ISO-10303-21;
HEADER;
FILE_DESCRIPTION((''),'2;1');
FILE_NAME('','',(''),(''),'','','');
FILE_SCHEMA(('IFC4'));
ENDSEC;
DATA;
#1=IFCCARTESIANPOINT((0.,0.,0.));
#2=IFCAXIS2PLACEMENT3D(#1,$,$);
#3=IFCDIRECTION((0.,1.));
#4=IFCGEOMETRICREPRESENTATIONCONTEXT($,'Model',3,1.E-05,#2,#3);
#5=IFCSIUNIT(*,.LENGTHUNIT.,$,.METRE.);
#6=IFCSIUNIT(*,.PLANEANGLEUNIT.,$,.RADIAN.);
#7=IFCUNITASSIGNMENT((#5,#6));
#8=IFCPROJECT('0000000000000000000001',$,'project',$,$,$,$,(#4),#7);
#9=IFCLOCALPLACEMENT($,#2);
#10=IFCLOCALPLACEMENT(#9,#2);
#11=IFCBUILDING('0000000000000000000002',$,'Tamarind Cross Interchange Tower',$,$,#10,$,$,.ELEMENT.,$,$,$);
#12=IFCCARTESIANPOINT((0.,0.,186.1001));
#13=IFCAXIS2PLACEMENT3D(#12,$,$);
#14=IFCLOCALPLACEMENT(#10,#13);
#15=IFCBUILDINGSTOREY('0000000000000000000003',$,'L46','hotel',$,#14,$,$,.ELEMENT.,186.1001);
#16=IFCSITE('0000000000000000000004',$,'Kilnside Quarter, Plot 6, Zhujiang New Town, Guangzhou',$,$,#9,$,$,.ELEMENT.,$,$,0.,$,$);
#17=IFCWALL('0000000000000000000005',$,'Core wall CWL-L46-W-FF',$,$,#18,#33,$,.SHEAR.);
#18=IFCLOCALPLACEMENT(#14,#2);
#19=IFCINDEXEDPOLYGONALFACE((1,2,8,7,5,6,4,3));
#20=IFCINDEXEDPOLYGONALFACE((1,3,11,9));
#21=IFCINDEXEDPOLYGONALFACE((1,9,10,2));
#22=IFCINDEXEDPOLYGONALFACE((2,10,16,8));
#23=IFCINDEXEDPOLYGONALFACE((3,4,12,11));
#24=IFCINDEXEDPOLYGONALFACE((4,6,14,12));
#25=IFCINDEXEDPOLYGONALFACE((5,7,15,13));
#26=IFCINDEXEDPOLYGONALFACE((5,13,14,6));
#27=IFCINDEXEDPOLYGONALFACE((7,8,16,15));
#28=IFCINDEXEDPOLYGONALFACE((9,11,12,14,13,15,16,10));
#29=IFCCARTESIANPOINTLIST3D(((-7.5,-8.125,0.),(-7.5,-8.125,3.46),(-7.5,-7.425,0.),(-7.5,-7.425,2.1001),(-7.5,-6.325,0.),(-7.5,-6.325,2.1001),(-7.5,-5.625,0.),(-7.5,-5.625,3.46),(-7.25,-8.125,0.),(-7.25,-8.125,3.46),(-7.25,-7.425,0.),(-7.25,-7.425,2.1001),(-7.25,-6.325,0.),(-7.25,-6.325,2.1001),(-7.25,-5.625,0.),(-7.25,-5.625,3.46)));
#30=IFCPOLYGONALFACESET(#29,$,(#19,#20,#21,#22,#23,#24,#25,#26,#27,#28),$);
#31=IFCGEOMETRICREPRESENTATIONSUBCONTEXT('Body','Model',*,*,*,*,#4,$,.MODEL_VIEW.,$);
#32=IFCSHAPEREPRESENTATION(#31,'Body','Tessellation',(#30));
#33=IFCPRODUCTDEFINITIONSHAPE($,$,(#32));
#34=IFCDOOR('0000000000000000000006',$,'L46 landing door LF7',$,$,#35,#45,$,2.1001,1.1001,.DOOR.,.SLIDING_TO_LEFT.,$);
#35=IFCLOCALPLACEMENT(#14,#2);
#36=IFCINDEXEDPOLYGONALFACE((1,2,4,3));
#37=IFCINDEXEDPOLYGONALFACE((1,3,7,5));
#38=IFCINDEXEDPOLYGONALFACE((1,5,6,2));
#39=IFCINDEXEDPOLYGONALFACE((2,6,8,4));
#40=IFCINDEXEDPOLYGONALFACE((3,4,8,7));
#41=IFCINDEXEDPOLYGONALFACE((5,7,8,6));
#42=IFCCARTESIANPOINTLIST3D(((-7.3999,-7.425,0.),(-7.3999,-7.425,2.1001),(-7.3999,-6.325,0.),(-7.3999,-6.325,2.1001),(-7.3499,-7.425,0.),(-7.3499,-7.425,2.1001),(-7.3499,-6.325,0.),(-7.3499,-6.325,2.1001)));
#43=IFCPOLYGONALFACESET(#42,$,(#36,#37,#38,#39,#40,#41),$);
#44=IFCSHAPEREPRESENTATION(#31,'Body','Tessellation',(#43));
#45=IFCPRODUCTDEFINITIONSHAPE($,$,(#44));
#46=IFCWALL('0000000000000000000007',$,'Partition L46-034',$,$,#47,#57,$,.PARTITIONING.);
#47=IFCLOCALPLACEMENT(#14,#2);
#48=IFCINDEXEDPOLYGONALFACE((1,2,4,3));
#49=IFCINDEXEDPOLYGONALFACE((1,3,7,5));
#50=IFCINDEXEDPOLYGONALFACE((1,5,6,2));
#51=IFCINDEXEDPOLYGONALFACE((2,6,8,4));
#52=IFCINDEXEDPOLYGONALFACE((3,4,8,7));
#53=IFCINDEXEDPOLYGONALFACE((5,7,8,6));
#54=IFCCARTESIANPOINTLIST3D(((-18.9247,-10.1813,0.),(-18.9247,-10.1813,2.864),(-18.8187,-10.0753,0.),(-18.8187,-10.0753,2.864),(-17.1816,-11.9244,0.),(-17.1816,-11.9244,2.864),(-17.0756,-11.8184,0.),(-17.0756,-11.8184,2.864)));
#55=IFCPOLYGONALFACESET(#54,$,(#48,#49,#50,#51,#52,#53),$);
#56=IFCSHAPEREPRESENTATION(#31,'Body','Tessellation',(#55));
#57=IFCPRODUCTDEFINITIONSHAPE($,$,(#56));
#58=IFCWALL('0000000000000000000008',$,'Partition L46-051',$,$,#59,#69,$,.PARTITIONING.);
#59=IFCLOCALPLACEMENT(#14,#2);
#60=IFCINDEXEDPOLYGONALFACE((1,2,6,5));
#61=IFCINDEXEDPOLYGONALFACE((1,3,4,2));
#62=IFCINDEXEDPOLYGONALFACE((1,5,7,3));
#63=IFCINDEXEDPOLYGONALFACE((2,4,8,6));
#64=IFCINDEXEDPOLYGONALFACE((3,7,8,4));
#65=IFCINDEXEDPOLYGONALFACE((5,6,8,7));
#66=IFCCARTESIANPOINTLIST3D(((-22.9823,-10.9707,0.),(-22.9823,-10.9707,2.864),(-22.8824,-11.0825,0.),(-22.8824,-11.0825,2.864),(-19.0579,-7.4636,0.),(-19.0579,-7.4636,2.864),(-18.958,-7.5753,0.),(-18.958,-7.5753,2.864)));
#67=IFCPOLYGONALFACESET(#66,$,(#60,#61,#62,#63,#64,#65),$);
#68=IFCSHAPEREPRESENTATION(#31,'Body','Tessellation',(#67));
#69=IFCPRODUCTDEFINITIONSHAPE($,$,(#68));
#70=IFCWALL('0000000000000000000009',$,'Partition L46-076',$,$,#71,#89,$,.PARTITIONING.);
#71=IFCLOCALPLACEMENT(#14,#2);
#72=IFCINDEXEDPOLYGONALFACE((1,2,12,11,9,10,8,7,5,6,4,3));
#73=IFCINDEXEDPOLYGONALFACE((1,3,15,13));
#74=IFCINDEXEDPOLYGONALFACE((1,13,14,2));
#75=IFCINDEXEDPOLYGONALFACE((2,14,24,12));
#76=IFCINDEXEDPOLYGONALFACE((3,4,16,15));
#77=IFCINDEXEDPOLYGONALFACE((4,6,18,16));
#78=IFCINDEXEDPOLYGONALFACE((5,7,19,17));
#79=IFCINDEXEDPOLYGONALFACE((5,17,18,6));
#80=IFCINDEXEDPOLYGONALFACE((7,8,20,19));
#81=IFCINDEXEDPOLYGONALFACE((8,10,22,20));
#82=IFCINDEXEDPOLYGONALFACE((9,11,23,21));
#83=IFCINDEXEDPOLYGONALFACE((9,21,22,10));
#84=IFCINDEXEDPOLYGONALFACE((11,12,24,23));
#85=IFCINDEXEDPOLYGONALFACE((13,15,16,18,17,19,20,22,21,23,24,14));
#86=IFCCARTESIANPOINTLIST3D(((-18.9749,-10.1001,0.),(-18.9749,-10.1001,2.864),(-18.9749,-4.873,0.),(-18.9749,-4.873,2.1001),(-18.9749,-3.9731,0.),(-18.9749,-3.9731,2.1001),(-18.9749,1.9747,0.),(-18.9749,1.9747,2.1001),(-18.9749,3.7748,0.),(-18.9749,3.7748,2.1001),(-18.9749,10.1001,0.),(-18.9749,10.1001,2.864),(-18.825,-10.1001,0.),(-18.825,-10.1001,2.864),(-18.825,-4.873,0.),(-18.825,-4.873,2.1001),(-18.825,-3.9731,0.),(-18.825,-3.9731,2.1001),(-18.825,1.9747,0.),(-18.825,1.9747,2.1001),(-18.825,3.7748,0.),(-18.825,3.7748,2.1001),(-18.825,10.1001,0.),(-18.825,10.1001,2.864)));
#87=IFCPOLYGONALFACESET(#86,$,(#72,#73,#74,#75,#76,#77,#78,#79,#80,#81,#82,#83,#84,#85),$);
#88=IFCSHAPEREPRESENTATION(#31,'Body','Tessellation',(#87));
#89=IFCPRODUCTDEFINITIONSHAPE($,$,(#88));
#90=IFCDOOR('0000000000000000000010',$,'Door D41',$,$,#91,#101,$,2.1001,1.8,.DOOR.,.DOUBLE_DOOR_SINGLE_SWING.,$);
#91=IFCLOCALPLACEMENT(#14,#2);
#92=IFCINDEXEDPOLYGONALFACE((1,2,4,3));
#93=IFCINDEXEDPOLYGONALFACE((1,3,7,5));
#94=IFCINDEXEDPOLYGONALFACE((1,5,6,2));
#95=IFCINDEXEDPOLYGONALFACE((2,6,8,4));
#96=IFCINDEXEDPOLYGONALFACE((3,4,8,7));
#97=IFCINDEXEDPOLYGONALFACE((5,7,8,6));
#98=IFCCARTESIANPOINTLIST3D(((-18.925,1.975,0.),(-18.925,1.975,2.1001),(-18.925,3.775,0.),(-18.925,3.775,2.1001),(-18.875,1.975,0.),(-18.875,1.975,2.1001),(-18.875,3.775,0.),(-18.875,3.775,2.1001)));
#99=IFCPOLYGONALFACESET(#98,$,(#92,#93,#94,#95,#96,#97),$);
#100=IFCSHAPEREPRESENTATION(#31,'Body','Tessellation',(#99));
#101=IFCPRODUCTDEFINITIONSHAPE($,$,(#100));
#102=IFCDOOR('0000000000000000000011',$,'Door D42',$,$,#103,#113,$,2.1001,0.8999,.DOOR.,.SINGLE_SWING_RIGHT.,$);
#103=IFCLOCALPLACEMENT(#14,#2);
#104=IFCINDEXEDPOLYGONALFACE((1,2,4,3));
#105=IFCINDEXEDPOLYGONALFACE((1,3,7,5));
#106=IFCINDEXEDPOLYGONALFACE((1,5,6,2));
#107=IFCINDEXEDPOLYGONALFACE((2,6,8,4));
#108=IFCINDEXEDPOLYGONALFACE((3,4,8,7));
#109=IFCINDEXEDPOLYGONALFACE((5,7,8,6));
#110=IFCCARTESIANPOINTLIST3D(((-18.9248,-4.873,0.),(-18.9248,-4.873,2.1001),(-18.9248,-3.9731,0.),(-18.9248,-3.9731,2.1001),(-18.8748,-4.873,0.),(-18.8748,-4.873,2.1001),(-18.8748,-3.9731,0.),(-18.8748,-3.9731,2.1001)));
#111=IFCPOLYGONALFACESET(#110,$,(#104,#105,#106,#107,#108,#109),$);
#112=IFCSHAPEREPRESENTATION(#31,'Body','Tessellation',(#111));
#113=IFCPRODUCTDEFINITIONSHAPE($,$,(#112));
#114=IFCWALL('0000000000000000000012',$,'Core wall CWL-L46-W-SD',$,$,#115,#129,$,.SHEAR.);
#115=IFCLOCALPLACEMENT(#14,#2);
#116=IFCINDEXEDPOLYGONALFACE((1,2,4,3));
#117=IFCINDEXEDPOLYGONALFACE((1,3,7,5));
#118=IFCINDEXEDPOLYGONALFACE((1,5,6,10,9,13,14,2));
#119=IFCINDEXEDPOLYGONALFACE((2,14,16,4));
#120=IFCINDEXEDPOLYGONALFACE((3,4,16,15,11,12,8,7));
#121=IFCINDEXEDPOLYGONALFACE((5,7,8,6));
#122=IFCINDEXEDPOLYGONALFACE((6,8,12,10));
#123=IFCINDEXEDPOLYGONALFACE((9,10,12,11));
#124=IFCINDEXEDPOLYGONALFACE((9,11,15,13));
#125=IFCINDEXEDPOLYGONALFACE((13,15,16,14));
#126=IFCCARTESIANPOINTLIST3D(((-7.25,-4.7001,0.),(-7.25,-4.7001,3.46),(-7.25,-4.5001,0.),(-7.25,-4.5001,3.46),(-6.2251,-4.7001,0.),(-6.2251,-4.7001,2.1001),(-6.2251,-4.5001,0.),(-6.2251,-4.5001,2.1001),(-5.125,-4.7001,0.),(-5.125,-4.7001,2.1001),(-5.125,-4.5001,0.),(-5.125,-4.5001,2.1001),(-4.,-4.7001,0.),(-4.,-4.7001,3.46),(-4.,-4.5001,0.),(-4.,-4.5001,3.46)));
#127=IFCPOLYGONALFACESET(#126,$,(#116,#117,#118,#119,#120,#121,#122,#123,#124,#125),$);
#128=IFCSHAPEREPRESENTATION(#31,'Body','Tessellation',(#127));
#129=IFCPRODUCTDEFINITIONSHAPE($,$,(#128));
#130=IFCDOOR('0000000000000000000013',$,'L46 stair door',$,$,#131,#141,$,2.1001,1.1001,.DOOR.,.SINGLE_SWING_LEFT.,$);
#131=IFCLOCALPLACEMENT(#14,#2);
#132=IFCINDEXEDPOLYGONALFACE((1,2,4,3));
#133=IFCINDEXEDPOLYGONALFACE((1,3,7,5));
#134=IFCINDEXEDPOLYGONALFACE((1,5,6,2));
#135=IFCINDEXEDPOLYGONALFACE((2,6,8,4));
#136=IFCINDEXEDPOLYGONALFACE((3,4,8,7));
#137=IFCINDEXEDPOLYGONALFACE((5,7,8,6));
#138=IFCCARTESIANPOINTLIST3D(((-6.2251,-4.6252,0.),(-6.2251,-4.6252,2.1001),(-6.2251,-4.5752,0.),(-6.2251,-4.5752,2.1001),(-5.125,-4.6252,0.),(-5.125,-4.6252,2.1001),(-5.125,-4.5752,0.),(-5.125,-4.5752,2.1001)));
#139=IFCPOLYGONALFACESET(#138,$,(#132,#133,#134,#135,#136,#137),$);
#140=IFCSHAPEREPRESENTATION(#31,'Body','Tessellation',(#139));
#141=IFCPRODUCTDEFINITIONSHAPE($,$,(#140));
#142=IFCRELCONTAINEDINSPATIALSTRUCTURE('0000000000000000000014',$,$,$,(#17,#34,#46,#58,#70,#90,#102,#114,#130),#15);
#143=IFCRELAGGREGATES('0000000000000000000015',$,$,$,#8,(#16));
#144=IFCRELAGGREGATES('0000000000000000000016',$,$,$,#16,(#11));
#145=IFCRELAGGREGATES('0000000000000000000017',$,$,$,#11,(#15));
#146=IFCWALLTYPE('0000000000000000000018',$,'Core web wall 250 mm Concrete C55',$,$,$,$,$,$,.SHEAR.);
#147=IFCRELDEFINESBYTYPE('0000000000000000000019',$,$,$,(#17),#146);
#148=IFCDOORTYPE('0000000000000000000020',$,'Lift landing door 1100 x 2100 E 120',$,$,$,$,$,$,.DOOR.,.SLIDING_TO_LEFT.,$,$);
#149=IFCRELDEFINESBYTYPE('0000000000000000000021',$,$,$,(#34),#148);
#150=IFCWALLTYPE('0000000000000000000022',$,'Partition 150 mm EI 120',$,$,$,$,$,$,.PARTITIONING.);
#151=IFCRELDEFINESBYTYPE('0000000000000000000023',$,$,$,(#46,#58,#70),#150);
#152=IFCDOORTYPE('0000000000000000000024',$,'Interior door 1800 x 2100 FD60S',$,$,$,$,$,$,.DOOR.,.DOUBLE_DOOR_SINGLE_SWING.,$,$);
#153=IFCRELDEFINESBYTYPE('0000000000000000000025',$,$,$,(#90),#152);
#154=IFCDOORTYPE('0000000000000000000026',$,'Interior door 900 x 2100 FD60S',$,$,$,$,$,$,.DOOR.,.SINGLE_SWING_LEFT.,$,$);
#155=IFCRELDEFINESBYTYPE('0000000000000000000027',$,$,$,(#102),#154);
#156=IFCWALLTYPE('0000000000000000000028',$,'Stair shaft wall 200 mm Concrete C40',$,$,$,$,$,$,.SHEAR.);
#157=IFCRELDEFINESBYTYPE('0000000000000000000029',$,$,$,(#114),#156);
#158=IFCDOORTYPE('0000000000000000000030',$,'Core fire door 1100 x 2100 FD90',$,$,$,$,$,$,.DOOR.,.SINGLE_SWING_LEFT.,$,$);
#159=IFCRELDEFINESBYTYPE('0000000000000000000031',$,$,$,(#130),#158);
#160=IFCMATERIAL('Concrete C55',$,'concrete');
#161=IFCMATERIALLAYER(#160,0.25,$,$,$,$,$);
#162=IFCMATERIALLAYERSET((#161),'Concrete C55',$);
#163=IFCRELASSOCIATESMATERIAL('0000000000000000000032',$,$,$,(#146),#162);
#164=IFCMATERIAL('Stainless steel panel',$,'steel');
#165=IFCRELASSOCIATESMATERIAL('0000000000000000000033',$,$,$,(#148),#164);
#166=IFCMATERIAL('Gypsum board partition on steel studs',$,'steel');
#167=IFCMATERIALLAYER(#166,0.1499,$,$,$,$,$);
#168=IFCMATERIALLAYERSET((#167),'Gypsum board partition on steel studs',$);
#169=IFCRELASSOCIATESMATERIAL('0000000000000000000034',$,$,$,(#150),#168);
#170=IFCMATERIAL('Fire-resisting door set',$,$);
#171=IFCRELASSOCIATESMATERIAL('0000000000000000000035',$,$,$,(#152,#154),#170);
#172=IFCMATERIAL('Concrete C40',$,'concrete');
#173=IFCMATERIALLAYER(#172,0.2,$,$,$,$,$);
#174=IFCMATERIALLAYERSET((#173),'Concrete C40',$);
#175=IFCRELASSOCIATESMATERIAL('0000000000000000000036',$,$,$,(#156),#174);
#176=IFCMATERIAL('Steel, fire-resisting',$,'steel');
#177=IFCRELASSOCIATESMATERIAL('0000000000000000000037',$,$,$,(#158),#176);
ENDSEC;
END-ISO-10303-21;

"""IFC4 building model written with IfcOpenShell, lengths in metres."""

from ifc_helpers import new_model, si_unit, direction, frame, frame_2d, origin, place, context, subcontext, project, spatial, rectangle, extrude, material, layer, layer_set, type_object, element, fill, save


model = new_model("IFC4")

# Units and contexts
model_context = context("Model", 3, precision=1e-05, world=origin(), true_north=direction((0.0, 1.0)))
body_context = subcontext(model_context, "Body", "Model", "MODEL_VIEW")
ifc_project = project(units=[si_unit("LENGTHUNIT", "METRE"), si_unit("PLANEANGLEUNIT", "RADIAN")], contexts=[model_context])

# Site, building, storey
site_placement = place(None, origin())
site = spatial("IfcSite", under=ifc_project, at=site_placement, Name="Kilnside Quarter, Plot 6, Zhujiang New Town, Guangzhou", CompositionType="ELEMENT", RefElevation=0.0)
building_placement = place(site_placement, origin())
building = spatial("IfcBuilding", under=site, at=building_placement, Name="Tamarind Cross Interchange Tower", CompositionType="ELEMENT")
storey_placement = place(building_placement, frame((0.0, 0.0, 186.1001)))
storey = spatial("IfcBuildingStorey", under=building, at=storey_placement, Name="L46", Description="hotel", CompositionType="ELEMENT", Elevation=186.1001)

# Shared definitions
ifc_material_1 = material(Name="Concrete C55", Category="concrete")

# Shared definitions
ifc_material_2 = material(Name="Steel, fire-resisting", Category="steel")

# Shared definitions
ifc_layer_1 = layer(ifc_material_1, 0.25)
ifc_layer_set_1 = layer_set([ifc_layer_1], Name="Concrete C55")
wall_type_1 = type_object("IfcWallType", Name="Core web wall 250 mm Concrete C55", PredefinedType="SHEAR", material=ifc_layer_set_1)

# Shared definitions
ifc_material_3 = material(Name="Stainless steel panel", Category="steel")
door_type_1 = type_object("IfcDoorType", Name="Lift landing door 1100 x 2100 E 120", OperationType="SLIDING_TO_LEFT", PredefinedType="DOOR", material=ifc_material_3)

# Wall, opening, door
wall_1_placement = place(storey_placement, frame((-7.375, -8.125, 0.0), z_axis=(0.0, 0.0, 1.0), x_axis=(0.0, 1.0, 0.0)))
wall_1 = element("IfcWall", 1, at=wall_1_placement, inside=storey, type_object=wall_type_1, Name="Core wall CWL-L46-W-FF", PredefinedType="SHEAR", context=body_context, shape_type="SweptSolid", body=[
    extrude(rectangle(XDim=2.5, YDim=0.25, at=frame_2d((1.25, 0.0))), origin(), (0.0, 0.0, 1.0), 3.46),
])
opening_1_placement = place(wall_1_placement, frame((0.7, 0.0, 0.0)))
opening_1 = element("IfcOpeningElement", 2, at=opening_1_placement, cuts=wall_1, PredefinedType="OPENING", context=body_context, shape_type="SweptSolid", body=[
    extrude(rectangle(XDim=1.1001, YDim=2.1001, at=frame_2d((0.55, 1.05))), frame((0.0, 0.135, 0.0), z_axis=(0.0, -1.0, 0.0), x_axis=(1.0, 0.0, 0.0)), (0.0, 0.0, 1.0), 0.27),
])
door_1_placement = place(opening_1_placement, origin())
door_1 = element("IfcDoor", 3, at=door_1_placement, inside=storey, type_object=door_type_1, Name="L46 landing door LF7", OperationType="SLIDING_TO_LEFT", OverallHeight=2.1001, OverallWidth=1.1001, PredefinedType="DOOR", context=body_context, shape_type="SweptSolid", body=[
    extrude(rectangle(XDim=1.1001, YDim=2.1001, at=frame_2d((0.55, 1.05))), frame((0.0, 0.0249, 0.0), z_axis=(0.0, -1.0, 0.0), x_axis=(1.0, 0.0, 0.0)), (0.0, 0.0, 1.0), 0.05),
])
fill(opening_1, door_1)

# Walls
ifc_material_4 = material(Name="Gypsum board partition on steel studs", Category="steel")
ifc_layer_2 = layer(ifc_material_4, 0.1499)
ifc_layer_set_2 = layer_set([ifc_layer_2], Name="Gypsum board partition on steel studs")
wall_type_2 = type_object("IfcWallType", Name="Partition 150 mm EI 120", PredefinedType="PARTITIONING", material=ifc_layer_set_2)
wall_2_placement = place(storey_placement, frame((-18.8716, -10.1284, 0.0), z_axis=(0.0, 0.0, 1.0), x_axis=(0.707107, -0.707107, 0.0)))
element("IfcWall", 4, at=wall_2_placement, inside=storey, type_object=wall_type_2, Name="Partition L46-034", PredefinedType="PARTITIONING", context=body_context, shape_type="SweptSolid", body=[
    extrude(rectangle(XDim=2.4651, YDim=0.1499, at=frame_2d((1.2324, 0.0))), origin(), (0.0, 0.0, 1.0), 2.864),
])
wall_3_placement = place(storey_placement, frame((-22.9324, -11.0266, 0.0), z_axis=(0.0, 0.0, 1.0), x_axis=(0.745633, 0.666357, 0.0)))
element("IfcWall", 5, at=wall_3_placement, inside=storey, type_object=wall_type_2, Name="Partition L46-051", PredefinedType="PARTITIONING", context=body_context, shape_type="SweptSolid", body=[
    extrude(rectangle(XDim=5.2632, YDim=0.1499, at=frame_2d((2.6316, 0.0))), origin(), (0.0, 0.0, 1.0), 2.864),
])

# Wall, openings, doors
wall_4_placement = place(storey_placement, frame((-18.8999, -10.1001, 0.0), z_axis=(0.0, 0.0, 1.0), x_axis=(0.0, 1.0, 0.0)))
wall_4 = element("IfcWall", 6, at=wall_4_placement, inside=storey, type_object=wall_type_2, Name="Partition L46-076", PredefinedType="PARTITIONING", context=body_context, shape_type="SweptSolid", body=[
    extrude(rectangle(XDim=20.2002, YDim=0.1499, at=frame_2d((10.1001, 0.0))), origin(), (0.0, 0.0, 1.0), 2.864),
])
opening_2_placement = place(wall_4_placement, frame((12.075, 0.0, 0.0)))
opening_2 = element("IfcOpeningElement", 7, at=opening_2_placement, cuts=wall_4, PredefinedType="OPENING", context=body_context, shape_type="SweptSolid", body=[
    extrude(rectangle(XDim=1.8, YDim=2.1001, at=frame_2d((0.8999, 1.05))), frame((0.0, 0.085, 0.0), z_axis=(0.0, -1.0, 0.0), x_axis=(1.0, 0.0, 0.0)), (0.0, 0.0, 1.0), 0.1699),
])
opening_3_placement = place(wall_4_placement, frame((5.2271, 0.0, 0.0)))
opening_3 = element("IfcOpeningElement", 8, at=opening_3_placement, cuts=wall_4, PredefinedType="OPENING", context=body_context, shape_type="SweptSolid", body=[
    extrude(rectangle(XDim=0.8999, YDim=2.1001, at=frame_2d((0.45, 1.05))), frame((0.0, 0.085, 0.0), z_axis=(0.0, -1.0, 0.0), x_axis=(1.0, 0.0, 0.0)), (0.0, 0.0, 1.0), 0.1699),
])
ifc_material_5 = material(Name="Fire-resisting door set")
door_type_2 = type_object("IfcDoorType", Name="Interior door 1800 x 2100 FD60S", OperationType="DOUBLE_DOOR_SINGLE_SWING", PredefinedType="DOOR", material=ifc_material_5)
door_2_placement = place(opening_2_placement, frame((1.8, 0.0, 0.0), z_axis=(0.0, 0.0, 1.0), x_axis=(-1.0, 0.0, 0.0)))
door_2 = element("IfcDoor", 9, at=door_2_placement, inside=storey, type_object=door_type_2, Name="Door D41", OperationType="DOUBLE_DOOR_SINGLE_SWING", OverallHeight=2.1001, OverallWidth=1.8, PredefinedType="DOOR", context=body_context, shape_type="SweptSolid", body=[
    extrude(rectangle(XDim=1.8, YDim=2.1001, at=frame_2d((0.8999, 1.05))), frame((0.0, 0.0249, 0.0), z_axis=(0.0, -1.0, 0.0), x_axis=(1.0, 0.0, 0.0)), (0.0, 0.0, 1.0), 0.05),
])
fill(opening_2, door_2)
door_type_3 = type_object("IfcDoorType", Name="Interior door 900 x 2100 FD60S", OperationType="SINGLE_SWING_LEFT", PredefinedType="DOOR", material=ifc_material_5)
door_3_placement = place(opening_3_placement, origin())
door_3 = element("IfcDoor", 10, at=door_3_placement, inside=storey, type_object=door_type_3, Name="Door D42", OperationType="SINGLE_SWING_RIGHT", OverallHeight=2.1001, OverallWidth=0.8999, PredefinedType="DOOR", context=body_context, shape_type="SweptSolid", body=[
    extrude(rectangle(XDim=0.8999, YDim=2.1001, at=frame_2d((0.45, 1.05))), frame((0.0, 0.0249, 0.0), z_axis=(0.0, -1.0, 0.0), x_axis=(1.0, 0.0, 0.0)), (0.0, 0.0, 1.0), 0.05),
])
fill(opening_3, door_3)

# Wall, opening, door
ifc_material_6 = material(Name="Concrete C40", Category="concrete")
ifc_layer_3 = layer(ifc_material_6, 0.2)
ifc_layer_set_3 = layer_set([ifc_layer_3], Name="Concrete C40")
wall_type_3 = type_object("IfcWallType", Name="Stair shaft wall 200 mm Concrete C40", PredefinedType="SHEAR", material=ifc_layer_set_3)
wall_5_placement = place(storey_placement, frame((-7.25, -4.6001, 0.0), z_axis=(0.0, 0.0, 1.0), x_axis=(1.0, 0.0, 0.0)))
wall_5 = element("IfcWall", 11, at=wall_5_placement, inside=storey, type_object=wall_type_3, Name="Core wall CWL-L46-W-SD", PredefinedType="SHEAR", context=body_context, shape_type="SweptSolid", body=[
    extrude(rectangle(XDim=3.25, YDim=0.2, at=frame_2d((1.625, 0.0))), origin(), (0.0, 0.0, 1.0), 3.46),
])
opening_4_placement = place(wall_5_placement, frame((1.0249, 0.0, 0.0)))
opening_4 = element("IfcOpeningElement", 12, at=opening_4_placement, cuts=wall_5, PredefinedType="OPENING", context=body_context, shape_type="SweptSolid", body=[
    extrude(rectangle(XDim=1.1001, YDim=2.1001, at=frame_2d((0.55, 1.05))), frame((0.0, 0.1099, 0.0), z_axis=(0.0, -1.0, 0.0), x_axis=(1.0, 0.0, 0.0)), (0.0, 0.0, 1.0), 0.22),
])
door_type_4 = type_object("IfcDoorType", Name="Core fire door 1100 x 2100 FD90", OperationType="SINGLE_SWING_LEFT", PredefinedType="DOOR", material=ifc_material_2)
door_4_placement = place(opening_4_placement, origin())
door_4 = element("IfcDoor", 13, at=door_4_placement, inside=storey, type_object=door_type_4, Name="L46 stair door", OperationType="SINGLE_SWING_LEFT", OverallHeight=2.1001, OverallWidth=1.1001, PredefinedType="DOOR", context=body_context, shape_type="SweptSolid", body=[
    extrude(rectangle(XDim=1.1001, YDim=2.1001, at=frame_2d((0.55, 1.05))), frame((0.0, 0.0249, 0.0), z_axis=(0.0, -1.0, 0.0), x_axis=(1.0, 0.0, 0.0)), (0.0, 0.0, 1.0), 0.05),
])
fill(opening_4, door_4)

save(model, "model.ifc")
